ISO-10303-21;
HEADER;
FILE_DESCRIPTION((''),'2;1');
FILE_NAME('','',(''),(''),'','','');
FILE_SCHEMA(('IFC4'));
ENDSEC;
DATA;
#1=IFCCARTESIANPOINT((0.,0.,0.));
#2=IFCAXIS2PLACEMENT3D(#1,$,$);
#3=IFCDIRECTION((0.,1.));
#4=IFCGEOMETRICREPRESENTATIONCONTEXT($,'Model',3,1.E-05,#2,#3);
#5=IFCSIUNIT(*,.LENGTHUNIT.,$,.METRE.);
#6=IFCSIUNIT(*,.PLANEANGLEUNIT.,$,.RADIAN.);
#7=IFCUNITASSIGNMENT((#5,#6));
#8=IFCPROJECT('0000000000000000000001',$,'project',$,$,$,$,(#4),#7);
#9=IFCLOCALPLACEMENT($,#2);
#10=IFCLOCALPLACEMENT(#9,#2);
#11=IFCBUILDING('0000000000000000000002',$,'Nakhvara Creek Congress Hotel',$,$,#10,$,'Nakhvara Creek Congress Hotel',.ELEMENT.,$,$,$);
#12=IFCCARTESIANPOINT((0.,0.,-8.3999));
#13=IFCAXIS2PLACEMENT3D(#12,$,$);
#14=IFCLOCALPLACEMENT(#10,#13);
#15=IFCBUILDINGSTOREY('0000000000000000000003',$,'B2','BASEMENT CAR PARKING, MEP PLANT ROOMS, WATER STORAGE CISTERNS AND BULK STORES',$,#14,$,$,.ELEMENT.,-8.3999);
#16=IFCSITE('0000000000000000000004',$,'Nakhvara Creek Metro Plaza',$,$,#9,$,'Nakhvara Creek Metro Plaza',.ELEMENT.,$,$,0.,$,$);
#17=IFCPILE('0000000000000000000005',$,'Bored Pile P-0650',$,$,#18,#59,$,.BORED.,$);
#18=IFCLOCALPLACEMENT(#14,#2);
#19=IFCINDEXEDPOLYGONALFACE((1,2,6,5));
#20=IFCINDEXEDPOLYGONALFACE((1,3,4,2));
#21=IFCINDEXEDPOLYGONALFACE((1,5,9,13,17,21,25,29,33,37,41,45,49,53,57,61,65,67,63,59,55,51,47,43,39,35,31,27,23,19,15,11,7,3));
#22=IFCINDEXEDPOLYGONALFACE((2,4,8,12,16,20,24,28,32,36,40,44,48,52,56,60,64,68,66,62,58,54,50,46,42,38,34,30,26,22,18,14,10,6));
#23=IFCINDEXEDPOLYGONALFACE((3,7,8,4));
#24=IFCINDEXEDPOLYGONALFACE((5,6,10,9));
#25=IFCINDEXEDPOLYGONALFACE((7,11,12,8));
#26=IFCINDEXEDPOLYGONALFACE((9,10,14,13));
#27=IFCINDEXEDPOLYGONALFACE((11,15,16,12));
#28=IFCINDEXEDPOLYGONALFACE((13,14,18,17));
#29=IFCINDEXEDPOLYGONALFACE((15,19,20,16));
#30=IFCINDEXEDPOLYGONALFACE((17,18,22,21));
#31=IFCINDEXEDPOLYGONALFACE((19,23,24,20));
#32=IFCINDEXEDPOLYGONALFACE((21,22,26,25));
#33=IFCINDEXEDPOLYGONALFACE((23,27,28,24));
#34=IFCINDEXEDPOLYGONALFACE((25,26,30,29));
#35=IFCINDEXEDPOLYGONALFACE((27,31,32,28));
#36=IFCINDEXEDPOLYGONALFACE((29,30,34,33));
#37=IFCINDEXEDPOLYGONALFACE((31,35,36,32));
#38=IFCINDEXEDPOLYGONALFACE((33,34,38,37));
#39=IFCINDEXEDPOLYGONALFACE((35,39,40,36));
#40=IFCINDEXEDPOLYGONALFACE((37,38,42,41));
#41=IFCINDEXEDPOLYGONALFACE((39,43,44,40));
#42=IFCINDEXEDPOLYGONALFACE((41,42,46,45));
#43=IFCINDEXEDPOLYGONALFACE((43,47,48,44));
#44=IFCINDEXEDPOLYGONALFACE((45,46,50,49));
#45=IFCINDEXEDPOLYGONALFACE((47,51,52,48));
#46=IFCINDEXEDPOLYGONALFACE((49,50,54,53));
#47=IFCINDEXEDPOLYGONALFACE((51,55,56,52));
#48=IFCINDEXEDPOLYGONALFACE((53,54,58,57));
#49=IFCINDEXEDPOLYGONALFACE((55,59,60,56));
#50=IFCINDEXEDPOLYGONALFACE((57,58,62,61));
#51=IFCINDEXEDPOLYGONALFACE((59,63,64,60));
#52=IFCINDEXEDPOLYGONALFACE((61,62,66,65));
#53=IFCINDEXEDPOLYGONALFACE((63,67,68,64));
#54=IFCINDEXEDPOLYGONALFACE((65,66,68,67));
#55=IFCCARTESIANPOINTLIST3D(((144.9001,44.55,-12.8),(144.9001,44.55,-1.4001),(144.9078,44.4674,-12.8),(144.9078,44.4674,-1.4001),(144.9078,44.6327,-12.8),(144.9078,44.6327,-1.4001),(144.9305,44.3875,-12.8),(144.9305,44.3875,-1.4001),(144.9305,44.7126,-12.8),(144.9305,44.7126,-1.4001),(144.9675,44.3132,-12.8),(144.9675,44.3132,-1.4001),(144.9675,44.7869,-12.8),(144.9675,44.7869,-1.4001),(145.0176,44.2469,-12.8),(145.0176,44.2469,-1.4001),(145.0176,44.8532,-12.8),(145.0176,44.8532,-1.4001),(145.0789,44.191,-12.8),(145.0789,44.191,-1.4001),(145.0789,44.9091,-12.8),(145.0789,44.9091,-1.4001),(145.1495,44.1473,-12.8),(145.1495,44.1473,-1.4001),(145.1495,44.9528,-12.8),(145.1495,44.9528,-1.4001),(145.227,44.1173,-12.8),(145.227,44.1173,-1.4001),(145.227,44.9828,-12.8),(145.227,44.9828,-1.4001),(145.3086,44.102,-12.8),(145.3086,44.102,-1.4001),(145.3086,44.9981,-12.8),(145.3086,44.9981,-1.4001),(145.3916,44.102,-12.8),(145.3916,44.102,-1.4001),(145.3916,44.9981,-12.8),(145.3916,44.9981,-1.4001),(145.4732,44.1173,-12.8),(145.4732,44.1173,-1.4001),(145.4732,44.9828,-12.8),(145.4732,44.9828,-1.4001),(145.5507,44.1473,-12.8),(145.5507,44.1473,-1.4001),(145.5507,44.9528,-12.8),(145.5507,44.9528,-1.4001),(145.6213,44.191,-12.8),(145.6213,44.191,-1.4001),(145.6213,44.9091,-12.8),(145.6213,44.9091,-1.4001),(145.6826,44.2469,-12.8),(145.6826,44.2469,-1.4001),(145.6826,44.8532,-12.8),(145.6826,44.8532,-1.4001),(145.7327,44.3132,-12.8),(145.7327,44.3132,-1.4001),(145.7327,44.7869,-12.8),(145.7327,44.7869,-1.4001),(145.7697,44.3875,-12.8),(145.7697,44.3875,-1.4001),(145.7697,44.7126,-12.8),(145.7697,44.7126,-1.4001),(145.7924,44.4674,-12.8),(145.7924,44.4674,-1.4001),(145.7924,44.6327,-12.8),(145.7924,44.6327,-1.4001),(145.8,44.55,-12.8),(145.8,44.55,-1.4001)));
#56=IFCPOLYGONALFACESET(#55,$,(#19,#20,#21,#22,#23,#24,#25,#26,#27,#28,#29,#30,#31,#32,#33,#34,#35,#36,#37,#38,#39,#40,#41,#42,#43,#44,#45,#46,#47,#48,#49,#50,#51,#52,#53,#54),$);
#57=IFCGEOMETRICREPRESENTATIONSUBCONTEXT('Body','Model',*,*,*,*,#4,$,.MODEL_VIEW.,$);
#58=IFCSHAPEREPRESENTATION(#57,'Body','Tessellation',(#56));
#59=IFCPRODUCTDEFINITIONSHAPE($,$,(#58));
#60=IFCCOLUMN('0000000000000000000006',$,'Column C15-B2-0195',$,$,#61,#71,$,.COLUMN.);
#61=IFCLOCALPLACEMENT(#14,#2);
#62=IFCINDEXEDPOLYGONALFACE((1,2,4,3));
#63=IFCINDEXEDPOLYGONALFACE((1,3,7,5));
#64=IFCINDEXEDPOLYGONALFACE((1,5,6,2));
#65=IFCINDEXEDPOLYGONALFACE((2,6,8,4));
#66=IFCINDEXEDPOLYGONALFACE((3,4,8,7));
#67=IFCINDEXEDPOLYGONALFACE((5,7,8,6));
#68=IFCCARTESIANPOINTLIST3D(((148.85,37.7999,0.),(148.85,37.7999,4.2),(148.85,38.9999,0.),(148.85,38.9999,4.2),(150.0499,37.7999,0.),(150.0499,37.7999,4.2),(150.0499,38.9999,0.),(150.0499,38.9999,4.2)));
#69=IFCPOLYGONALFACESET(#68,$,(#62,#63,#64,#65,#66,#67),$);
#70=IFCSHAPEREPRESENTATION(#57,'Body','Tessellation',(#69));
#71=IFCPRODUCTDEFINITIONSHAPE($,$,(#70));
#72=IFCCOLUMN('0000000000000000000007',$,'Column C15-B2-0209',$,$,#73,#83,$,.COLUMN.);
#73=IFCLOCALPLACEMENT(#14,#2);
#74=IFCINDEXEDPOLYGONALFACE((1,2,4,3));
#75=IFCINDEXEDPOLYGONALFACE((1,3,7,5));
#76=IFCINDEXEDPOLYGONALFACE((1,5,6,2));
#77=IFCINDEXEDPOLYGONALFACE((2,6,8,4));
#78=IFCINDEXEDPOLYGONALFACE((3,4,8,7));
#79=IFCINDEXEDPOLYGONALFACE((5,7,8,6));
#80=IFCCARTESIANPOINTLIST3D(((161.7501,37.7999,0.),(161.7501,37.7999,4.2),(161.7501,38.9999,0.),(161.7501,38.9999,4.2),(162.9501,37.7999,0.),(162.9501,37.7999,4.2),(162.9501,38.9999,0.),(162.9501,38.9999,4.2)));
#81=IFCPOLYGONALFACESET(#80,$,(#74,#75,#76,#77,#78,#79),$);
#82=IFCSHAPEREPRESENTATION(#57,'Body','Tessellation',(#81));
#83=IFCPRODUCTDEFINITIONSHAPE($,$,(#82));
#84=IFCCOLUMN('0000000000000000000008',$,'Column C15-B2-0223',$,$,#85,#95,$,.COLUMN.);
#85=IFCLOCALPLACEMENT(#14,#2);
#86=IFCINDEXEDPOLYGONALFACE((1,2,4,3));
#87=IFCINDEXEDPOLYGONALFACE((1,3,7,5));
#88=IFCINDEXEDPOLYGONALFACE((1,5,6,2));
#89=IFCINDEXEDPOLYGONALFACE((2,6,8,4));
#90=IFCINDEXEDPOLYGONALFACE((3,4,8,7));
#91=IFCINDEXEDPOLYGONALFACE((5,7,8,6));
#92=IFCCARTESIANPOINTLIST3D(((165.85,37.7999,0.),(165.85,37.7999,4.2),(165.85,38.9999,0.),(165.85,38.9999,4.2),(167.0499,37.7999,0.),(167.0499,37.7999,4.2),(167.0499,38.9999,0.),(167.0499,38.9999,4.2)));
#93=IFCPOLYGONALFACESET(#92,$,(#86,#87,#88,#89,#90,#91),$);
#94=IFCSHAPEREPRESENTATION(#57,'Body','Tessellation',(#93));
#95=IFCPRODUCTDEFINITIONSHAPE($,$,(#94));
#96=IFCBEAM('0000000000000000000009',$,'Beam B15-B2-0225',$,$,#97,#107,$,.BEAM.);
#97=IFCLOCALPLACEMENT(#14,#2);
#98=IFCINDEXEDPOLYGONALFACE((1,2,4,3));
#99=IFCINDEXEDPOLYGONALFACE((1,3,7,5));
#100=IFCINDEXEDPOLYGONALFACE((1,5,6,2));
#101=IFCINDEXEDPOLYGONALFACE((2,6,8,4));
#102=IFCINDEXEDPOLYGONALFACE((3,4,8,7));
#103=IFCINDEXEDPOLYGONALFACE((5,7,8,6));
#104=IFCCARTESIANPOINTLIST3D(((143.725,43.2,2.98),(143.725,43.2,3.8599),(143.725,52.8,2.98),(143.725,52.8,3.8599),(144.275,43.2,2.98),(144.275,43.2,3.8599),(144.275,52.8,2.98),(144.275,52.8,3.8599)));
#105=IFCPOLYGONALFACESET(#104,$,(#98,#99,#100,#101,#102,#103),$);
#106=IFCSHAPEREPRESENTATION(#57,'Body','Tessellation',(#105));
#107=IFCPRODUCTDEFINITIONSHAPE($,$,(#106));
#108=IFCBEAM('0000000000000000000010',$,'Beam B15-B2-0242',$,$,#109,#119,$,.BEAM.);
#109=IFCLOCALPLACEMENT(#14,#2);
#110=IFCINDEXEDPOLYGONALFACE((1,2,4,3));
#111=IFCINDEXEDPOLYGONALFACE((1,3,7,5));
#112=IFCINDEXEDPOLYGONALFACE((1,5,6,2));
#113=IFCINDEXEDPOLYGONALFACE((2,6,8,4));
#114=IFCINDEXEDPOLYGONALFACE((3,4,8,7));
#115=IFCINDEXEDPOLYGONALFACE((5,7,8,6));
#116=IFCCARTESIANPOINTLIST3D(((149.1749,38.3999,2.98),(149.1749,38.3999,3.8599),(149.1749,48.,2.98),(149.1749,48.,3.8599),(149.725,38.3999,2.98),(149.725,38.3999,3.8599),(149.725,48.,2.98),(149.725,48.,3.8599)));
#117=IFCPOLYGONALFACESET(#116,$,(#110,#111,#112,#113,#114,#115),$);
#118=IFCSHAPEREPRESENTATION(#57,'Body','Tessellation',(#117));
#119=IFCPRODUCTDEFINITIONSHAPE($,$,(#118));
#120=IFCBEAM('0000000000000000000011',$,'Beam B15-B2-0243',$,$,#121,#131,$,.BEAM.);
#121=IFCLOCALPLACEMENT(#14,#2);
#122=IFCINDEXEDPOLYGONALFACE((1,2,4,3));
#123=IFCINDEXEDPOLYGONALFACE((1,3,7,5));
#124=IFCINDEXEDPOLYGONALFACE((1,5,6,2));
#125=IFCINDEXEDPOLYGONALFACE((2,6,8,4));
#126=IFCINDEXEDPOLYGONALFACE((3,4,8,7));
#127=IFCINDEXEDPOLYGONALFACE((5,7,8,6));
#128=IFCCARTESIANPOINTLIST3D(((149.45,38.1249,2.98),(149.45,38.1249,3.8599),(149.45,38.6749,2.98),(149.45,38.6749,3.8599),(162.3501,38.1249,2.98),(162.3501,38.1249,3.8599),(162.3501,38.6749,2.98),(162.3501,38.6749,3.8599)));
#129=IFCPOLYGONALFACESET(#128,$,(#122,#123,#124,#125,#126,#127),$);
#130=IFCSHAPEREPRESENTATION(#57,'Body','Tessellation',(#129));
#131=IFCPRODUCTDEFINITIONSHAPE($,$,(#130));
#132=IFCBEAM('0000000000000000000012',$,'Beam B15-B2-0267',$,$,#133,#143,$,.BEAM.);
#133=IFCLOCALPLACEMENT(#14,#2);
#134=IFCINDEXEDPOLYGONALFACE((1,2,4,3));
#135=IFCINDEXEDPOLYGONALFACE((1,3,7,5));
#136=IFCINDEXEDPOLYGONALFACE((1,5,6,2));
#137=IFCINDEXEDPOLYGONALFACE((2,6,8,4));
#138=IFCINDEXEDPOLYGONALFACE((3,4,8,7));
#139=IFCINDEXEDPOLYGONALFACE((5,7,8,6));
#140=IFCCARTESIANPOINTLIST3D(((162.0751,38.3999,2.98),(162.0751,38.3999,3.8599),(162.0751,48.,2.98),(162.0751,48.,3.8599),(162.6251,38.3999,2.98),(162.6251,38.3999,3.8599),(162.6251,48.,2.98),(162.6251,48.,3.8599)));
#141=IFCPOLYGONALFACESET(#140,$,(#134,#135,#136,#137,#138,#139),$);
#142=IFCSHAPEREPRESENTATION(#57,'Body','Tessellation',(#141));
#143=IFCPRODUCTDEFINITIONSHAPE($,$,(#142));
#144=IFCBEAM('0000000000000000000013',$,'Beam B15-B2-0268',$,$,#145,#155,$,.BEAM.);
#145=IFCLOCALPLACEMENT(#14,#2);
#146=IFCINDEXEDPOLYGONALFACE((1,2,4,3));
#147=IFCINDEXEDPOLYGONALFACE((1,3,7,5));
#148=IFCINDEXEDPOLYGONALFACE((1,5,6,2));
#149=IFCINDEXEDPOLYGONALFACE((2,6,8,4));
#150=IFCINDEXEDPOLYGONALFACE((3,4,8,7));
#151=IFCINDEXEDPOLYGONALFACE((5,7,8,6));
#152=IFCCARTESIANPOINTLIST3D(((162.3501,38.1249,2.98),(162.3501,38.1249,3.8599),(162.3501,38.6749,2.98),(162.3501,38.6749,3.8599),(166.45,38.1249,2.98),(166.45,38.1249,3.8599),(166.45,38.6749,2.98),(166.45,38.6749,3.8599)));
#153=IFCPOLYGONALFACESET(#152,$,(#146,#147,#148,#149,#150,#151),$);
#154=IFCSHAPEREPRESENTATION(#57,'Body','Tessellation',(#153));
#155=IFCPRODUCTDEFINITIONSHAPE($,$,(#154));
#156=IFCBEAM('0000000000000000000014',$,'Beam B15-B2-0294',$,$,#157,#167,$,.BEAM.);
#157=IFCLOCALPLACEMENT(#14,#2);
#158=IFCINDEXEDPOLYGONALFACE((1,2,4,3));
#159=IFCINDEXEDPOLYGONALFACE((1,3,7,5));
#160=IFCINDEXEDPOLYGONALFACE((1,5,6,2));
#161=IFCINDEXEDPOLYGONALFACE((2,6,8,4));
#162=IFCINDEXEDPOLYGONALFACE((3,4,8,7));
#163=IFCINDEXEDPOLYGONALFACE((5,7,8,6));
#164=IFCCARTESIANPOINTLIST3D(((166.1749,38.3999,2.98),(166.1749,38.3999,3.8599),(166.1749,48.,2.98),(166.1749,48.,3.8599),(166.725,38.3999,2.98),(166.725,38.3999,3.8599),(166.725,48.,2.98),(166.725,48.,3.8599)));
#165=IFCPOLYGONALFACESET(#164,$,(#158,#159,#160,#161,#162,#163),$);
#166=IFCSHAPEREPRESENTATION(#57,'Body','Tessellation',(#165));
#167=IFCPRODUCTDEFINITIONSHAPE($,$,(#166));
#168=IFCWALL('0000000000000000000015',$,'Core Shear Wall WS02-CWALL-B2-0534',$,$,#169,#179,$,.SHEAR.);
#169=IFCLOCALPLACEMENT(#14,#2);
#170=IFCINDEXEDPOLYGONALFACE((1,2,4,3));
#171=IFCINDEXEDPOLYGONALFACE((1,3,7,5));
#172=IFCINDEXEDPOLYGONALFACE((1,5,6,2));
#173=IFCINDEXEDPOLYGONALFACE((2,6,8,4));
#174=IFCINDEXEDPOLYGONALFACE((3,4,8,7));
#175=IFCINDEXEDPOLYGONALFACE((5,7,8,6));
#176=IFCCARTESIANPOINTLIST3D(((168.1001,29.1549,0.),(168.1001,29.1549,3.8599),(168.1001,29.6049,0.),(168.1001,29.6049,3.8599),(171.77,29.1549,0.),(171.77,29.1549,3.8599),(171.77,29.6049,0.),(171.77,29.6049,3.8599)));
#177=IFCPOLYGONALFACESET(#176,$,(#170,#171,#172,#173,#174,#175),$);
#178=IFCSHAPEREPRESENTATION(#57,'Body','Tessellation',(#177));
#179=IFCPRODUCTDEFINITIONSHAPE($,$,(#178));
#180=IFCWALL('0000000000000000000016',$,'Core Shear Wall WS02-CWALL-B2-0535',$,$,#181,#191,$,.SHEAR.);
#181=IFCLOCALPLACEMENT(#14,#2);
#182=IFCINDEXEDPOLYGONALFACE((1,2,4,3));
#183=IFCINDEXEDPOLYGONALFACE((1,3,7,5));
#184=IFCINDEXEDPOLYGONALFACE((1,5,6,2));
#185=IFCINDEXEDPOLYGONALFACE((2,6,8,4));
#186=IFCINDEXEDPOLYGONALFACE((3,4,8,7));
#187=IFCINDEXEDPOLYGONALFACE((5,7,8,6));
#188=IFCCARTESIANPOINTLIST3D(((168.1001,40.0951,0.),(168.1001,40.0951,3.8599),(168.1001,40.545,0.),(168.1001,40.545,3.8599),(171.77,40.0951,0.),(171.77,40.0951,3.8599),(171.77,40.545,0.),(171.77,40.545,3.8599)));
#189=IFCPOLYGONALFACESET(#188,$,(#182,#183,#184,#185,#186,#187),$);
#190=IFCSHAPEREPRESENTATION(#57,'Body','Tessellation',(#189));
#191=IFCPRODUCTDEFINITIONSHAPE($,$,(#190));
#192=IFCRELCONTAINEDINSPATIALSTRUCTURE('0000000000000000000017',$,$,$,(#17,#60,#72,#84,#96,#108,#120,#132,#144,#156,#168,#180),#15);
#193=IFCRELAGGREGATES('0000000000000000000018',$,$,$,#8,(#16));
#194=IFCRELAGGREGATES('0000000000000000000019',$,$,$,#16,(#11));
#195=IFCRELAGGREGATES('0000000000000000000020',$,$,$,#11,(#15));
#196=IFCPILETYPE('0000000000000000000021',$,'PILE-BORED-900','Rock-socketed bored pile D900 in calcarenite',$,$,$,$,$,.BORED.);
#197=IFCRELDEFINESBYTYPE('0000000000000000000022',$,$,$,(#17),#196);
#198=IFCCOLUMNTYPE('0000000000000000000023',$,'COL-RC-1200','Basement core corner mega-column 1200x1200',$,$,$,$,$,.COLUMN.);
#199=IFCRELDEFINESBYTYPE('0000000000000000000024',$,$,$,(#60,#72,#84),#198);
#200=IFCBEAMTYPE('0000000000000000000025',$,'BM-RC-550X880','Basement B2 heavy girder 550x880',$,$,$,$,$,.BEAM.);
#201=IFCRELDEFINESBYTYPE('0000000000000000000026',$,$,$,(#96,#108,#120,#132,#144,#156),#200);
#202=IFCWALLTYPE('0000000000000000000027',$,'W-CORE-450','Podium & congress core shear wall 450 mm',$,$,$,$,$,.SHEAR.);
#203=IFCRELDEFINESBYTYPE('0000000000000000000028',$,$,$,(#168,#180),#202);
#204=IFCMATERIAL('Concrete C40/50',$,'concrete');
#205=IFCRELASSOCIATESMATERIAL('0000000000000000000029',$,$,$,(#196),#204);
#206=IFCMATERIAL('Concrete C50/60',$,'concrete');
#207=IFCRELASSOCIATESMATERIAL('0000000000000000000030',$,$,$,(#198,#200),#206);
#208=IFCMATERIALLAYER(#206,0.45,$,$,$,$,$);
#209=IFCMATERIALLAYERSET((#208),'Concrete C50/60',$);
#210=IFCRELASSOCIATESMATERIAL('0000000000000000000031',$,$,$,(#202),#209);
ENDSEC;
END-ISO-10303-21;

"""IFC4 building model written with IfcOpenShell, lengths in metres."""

from ifc_helpers import new_model, si_unit, direction, frame, frame_2d, origin, origin_2d, place, context, subcontext, project, spatial, rectangle, circle, extrude, material, layer, layer_set, material_profile, profile_set, type_object, element, save


model = new_model("IFC4")

# Units and contexts
model_context = context("Model", 3, precision=1e-05, world=origin(), true_north=direction((0.0, 1.0)))
body_context = subcontext(model_context, "Body", "Model", "MODEL_VIEW")
ifc_project = project(units=[si_unit("LENGTHUNIT", "METRE"), si_unit("PLANEANGLEUNIT", "RADIAN")], contexts=[model_context])

# Site, building, storey
site_placement = place(None, origin())
site = spatial("IfcSite", under=ifc_project, at=site_placement, Name="Nakhvara Creek Metro Plaza", LongName="Nakhvara Creek Metro Plaza", CompositionType="ELEMENT", RefElevation=0.0)
building_placement = place(site_placement, origin())
building = spatial("IfcBuilding", under=site, at=building_placement, Name="Nakhvara Creek Congress Hotel", LongName="Nakhvara Creek Congress Hotel", CompositionType="ELEMENT")
storey_placement = place(building_placement, frame((0.0, 0.0, -8.3999)))
storey = spatial("IfcBuildingStorey", under=building, at=storey_placement, Name="B2", Description="BASEMENT CAR PARKING, MEP PLANT ROOMS, WATER STORAGE CISTERNS AND BULK STORES", CompositionType="ELEMENT", Elevation=-8.3999)

# Shared definitions
ifc_material_1 = material(Name="Concrete C40/50", Category="concrete")

# Pile
ifc_material_profile_1 = material_profile(ifc_material_1, circle(Radius=0.45, at=origin_2d()), Name="BORED PILE D900", Category="LoadBearing")
ifc_profile_set_1 = profile_set([ifc_material_profile_1], Name="Concrete C40/50")
pile_type_1 = type_object("IfcPileType", Name="PILE-BORED-900", Description="Rock-socketed bored pile D900 in calcarenite", PredefinedType="BORED", material=ifc_profile_set_1)
for number, where, z_axis, x_axis, name in (
    (1, (145.3501, 44.55, -1.4001), (0.0, 0.0, -1.0), (1.0, 0.0, 0.0), "Bored Pile P-0650"),
):
    element("IfcPile", number, at=place(storey_placement, frame(where, z_axis=z_axis, x_axis=x_axis)), inside=storey, type_object=pile_type_1, Name=name, PredefinedType="BORED", context=body_context, shape_type="SweptSolid", body=[
        extrude(circle(Radius=0.45, at=origin_2d()), origin(), (0.0, 0.0, 1.0), 11.3999),
    ])

# Columns
ifc_material_2 = material(Name="Concrete C50/60", Category="concrete")
ifc_material_profile_2 = material_profile(ifc_material_2, rectangle(XDim=1.2, YDim=1.2, at=origin_2d()), Name="RC-COL 1200x1200", Category="LoadBearing")
ifc_profile_set_2 = profile_set([ifc_material_profile_2], Name="Concrete C50/60")
column_type = type_object("IfcColumnType", Name="COL-RC-1200", Description="Basement core corner mega-column 1200x1200", PredefinedType="COLUMN", material=ifc_profile_set_2)
for number, where, z_axis, x_axis, name in (
    (2, (149.45, 38.3999, 0.0), (0.0, 0.0, 1.0), (1.0, 0.0, 0.0), "Column C15-B2-0195"),
    (3, (162.3501, 38.3999, 0.0), (0.0, 0.0, 1.0), (1.0, 0.0, 0.0), "Column C15-B2-0209"),
    (4, (166.45, 38.3999, 0.0), (0.0, 0.0, 1.0), (1.0, 0.0, 0.0), "Column C15-B2-0223"),
):
    element("IfcColumn", number, at=place(storey_placement, frame(where, z_axis=z_axis, x_axis=x_axis)), inside=storey, type_object=column_type, Name=name, PredefinedType="COLUMN", context=body_context, shape_type="SweptSolid", body=[
        extrude(rectangle(XDim=1.2, YDim=1.2, at=origin_2d()), origin(), (0.0, 0.0, 1.0), 4.2),
    ])

# Beams
ifc_material_profile_3 = material_profile(ifc_material_2, rectangle(XDim=0.55, YDim=0.8799, at=origin_2d()), Name="RC-BM 550x880", Category="LoadBearing")
ifc_profile_set_3 = profile_set([ifc_material_profile_3], Name="Concrete C50/60")
beam_type = type_object("IfcBeamType", Name="BM-RC-550X880", Description="Basement B2 heavy girder 550x880", PredefinedType="BEAM", material=ifc_profile_set_3)
for number, where, z_axis, x_axis, name in (
    (5, (144.0, 43.2, 3.4199), (0.0, 1.0, 0.0), (-1.0, 0.0, 0.0), "Beam B15-B2-0225"),
    (6, (149.45, 38.3999, 3.4199), (0.0, 1.0, 0.0), (-1.0, 0.0, 0.0), "Beam B15-B2-0242"),
):
    element("IfcBeam", number, at=place(storey_placement, frame(where, z_axis=z_axis, x_axis=x_axis)), inside=storey, type_object=beam_type, Name=name, PredefinedType="BEAM", context=body_context, shape_type="SweptSolid", body=[
        extrude(rectangle(XDim=0.55, YDim=0.8799, at=origin_2d()), origin(), (0.0, 0.0, 1.0), 9.6001),
    ])
beam_1_placement = place(storey_placement, frame((149.45, 38.3999, 3.4199), z_axis=(1.0, 0.0, 0.0), x_axis=(0.0, 1.0, 0.0)))
element("IfcBeam", 7, at=beam_1_placement, inside=storey, type_object=beam_type, Name="Beam B15-B2-0243", PredefinedType="BEAM", context=body_context, shape_type="SweptSolid", body=[
    extrude(rectangle(XDim=0.55, YDim=0.8799, at=origin_2d()), origin(), (0.0, 0.0, 1.0), 12.9001),
])
beam_2_placement = place(storey_placement, frame((162.3501, 38.3999, 3.4199), z_axis=(0.0, 1.0, 0.0), x_axis=(-1.0, 0.0, 0.0)))
element("IfcBeam", 8, at=beam_2_placement, inside=storey, type_object=beam_type, Name="Beam B15-B2-0267", PredefinedType="BEAM", context=body_context, shape_type="SweptSolid", body=[
    extrude(rectangle(XDim=0.55, YDim=0.8799, at=origin_2d()), origin(), (0.0, 0.0, 1.0), 9.6001),
])
beam_3_placement = place(storey_placement, frame((162.3501, 38.3999, 3.4199), z_axis=(1.0, 0.0, 0.0), x_axis=(0.0, 1.0, 0.0)))
element("IfcBeam", 9, at=beam_3_placement, inside=storey, type_object=beam_type, Name="Beam B15-B2-0268", PredefinedType="BEAM", context=body_context, shape_type="SweptSolid", body=[
    extrude(rectangle(XDim=0.55, YDim=0.8799, at=origin_2d()), origin(), (0.0, 0.0, 1.0), 4.0999),
])
beam_4_placement = place(storey_placement, frame((166.45, 38.3999, 3.4199), z_axis=(0.0, 1.0, 0.0), x_axis=(-1.0, 0.0, 0.0)))
element("IfcBeam", 10, at=beam_4_placement, inside=storey, type_object=beam_type, Name="Beam B15-B2-0294", PredefinedType="BEAM", context=body_context, shape_type="SweptSolid", body=[
    extrude(rectangle(XDim=0.55, YDim=0.8799, at=origin_2d()), origin(), (0.0, 0.0, 1.0), 9.6001),
])

# Walls
ifc_layer_1 = layer(ifc_material_2, 0.45)
ifc_layer_set_1 = layer_set([ifc_layer_1], Name="Concrete C50/60")
wall_type_1 = type_object("IfcWallType", Name="W-CORE-450", Description="Podium & congress core shear wall 450 mm", PredefinedType="SHEAR", material=ifc_layer_set_1)
for number, where, z_axis, x_axis, name in (
    (11, (168.1001, 29.3799, 0.0), (0.0, 0.0, 1.0), (1.0, 0.0, 0.0), "Core Shear Wall WS02-CWALL-B2-0534"),
    (12, (168.1001, 40.3201, 0.0), (0.0, 0.0, 1.0), (1.0, 0.0, 0.0), "Core Shear Wall WS02-CWALL-B2-0535"),
):
    element("IfcWall", number, at=place(storey_placement, frame(where, z_axis=z_axis, x_axis=x_axis)), inside=storey, type_object=wall_type_1, Name=name, PredefinedType="SHEAR", context=body_context, shape_type="SweptSolid", body=[
        extrude(rectangle(XDim=3.6699, YDim=0.45, at=frame_2d((1.835, 0.0))), origin(), (0.0, 0.0, 1.0), 3.8599),
    ])

save(model, "model.ifc")
